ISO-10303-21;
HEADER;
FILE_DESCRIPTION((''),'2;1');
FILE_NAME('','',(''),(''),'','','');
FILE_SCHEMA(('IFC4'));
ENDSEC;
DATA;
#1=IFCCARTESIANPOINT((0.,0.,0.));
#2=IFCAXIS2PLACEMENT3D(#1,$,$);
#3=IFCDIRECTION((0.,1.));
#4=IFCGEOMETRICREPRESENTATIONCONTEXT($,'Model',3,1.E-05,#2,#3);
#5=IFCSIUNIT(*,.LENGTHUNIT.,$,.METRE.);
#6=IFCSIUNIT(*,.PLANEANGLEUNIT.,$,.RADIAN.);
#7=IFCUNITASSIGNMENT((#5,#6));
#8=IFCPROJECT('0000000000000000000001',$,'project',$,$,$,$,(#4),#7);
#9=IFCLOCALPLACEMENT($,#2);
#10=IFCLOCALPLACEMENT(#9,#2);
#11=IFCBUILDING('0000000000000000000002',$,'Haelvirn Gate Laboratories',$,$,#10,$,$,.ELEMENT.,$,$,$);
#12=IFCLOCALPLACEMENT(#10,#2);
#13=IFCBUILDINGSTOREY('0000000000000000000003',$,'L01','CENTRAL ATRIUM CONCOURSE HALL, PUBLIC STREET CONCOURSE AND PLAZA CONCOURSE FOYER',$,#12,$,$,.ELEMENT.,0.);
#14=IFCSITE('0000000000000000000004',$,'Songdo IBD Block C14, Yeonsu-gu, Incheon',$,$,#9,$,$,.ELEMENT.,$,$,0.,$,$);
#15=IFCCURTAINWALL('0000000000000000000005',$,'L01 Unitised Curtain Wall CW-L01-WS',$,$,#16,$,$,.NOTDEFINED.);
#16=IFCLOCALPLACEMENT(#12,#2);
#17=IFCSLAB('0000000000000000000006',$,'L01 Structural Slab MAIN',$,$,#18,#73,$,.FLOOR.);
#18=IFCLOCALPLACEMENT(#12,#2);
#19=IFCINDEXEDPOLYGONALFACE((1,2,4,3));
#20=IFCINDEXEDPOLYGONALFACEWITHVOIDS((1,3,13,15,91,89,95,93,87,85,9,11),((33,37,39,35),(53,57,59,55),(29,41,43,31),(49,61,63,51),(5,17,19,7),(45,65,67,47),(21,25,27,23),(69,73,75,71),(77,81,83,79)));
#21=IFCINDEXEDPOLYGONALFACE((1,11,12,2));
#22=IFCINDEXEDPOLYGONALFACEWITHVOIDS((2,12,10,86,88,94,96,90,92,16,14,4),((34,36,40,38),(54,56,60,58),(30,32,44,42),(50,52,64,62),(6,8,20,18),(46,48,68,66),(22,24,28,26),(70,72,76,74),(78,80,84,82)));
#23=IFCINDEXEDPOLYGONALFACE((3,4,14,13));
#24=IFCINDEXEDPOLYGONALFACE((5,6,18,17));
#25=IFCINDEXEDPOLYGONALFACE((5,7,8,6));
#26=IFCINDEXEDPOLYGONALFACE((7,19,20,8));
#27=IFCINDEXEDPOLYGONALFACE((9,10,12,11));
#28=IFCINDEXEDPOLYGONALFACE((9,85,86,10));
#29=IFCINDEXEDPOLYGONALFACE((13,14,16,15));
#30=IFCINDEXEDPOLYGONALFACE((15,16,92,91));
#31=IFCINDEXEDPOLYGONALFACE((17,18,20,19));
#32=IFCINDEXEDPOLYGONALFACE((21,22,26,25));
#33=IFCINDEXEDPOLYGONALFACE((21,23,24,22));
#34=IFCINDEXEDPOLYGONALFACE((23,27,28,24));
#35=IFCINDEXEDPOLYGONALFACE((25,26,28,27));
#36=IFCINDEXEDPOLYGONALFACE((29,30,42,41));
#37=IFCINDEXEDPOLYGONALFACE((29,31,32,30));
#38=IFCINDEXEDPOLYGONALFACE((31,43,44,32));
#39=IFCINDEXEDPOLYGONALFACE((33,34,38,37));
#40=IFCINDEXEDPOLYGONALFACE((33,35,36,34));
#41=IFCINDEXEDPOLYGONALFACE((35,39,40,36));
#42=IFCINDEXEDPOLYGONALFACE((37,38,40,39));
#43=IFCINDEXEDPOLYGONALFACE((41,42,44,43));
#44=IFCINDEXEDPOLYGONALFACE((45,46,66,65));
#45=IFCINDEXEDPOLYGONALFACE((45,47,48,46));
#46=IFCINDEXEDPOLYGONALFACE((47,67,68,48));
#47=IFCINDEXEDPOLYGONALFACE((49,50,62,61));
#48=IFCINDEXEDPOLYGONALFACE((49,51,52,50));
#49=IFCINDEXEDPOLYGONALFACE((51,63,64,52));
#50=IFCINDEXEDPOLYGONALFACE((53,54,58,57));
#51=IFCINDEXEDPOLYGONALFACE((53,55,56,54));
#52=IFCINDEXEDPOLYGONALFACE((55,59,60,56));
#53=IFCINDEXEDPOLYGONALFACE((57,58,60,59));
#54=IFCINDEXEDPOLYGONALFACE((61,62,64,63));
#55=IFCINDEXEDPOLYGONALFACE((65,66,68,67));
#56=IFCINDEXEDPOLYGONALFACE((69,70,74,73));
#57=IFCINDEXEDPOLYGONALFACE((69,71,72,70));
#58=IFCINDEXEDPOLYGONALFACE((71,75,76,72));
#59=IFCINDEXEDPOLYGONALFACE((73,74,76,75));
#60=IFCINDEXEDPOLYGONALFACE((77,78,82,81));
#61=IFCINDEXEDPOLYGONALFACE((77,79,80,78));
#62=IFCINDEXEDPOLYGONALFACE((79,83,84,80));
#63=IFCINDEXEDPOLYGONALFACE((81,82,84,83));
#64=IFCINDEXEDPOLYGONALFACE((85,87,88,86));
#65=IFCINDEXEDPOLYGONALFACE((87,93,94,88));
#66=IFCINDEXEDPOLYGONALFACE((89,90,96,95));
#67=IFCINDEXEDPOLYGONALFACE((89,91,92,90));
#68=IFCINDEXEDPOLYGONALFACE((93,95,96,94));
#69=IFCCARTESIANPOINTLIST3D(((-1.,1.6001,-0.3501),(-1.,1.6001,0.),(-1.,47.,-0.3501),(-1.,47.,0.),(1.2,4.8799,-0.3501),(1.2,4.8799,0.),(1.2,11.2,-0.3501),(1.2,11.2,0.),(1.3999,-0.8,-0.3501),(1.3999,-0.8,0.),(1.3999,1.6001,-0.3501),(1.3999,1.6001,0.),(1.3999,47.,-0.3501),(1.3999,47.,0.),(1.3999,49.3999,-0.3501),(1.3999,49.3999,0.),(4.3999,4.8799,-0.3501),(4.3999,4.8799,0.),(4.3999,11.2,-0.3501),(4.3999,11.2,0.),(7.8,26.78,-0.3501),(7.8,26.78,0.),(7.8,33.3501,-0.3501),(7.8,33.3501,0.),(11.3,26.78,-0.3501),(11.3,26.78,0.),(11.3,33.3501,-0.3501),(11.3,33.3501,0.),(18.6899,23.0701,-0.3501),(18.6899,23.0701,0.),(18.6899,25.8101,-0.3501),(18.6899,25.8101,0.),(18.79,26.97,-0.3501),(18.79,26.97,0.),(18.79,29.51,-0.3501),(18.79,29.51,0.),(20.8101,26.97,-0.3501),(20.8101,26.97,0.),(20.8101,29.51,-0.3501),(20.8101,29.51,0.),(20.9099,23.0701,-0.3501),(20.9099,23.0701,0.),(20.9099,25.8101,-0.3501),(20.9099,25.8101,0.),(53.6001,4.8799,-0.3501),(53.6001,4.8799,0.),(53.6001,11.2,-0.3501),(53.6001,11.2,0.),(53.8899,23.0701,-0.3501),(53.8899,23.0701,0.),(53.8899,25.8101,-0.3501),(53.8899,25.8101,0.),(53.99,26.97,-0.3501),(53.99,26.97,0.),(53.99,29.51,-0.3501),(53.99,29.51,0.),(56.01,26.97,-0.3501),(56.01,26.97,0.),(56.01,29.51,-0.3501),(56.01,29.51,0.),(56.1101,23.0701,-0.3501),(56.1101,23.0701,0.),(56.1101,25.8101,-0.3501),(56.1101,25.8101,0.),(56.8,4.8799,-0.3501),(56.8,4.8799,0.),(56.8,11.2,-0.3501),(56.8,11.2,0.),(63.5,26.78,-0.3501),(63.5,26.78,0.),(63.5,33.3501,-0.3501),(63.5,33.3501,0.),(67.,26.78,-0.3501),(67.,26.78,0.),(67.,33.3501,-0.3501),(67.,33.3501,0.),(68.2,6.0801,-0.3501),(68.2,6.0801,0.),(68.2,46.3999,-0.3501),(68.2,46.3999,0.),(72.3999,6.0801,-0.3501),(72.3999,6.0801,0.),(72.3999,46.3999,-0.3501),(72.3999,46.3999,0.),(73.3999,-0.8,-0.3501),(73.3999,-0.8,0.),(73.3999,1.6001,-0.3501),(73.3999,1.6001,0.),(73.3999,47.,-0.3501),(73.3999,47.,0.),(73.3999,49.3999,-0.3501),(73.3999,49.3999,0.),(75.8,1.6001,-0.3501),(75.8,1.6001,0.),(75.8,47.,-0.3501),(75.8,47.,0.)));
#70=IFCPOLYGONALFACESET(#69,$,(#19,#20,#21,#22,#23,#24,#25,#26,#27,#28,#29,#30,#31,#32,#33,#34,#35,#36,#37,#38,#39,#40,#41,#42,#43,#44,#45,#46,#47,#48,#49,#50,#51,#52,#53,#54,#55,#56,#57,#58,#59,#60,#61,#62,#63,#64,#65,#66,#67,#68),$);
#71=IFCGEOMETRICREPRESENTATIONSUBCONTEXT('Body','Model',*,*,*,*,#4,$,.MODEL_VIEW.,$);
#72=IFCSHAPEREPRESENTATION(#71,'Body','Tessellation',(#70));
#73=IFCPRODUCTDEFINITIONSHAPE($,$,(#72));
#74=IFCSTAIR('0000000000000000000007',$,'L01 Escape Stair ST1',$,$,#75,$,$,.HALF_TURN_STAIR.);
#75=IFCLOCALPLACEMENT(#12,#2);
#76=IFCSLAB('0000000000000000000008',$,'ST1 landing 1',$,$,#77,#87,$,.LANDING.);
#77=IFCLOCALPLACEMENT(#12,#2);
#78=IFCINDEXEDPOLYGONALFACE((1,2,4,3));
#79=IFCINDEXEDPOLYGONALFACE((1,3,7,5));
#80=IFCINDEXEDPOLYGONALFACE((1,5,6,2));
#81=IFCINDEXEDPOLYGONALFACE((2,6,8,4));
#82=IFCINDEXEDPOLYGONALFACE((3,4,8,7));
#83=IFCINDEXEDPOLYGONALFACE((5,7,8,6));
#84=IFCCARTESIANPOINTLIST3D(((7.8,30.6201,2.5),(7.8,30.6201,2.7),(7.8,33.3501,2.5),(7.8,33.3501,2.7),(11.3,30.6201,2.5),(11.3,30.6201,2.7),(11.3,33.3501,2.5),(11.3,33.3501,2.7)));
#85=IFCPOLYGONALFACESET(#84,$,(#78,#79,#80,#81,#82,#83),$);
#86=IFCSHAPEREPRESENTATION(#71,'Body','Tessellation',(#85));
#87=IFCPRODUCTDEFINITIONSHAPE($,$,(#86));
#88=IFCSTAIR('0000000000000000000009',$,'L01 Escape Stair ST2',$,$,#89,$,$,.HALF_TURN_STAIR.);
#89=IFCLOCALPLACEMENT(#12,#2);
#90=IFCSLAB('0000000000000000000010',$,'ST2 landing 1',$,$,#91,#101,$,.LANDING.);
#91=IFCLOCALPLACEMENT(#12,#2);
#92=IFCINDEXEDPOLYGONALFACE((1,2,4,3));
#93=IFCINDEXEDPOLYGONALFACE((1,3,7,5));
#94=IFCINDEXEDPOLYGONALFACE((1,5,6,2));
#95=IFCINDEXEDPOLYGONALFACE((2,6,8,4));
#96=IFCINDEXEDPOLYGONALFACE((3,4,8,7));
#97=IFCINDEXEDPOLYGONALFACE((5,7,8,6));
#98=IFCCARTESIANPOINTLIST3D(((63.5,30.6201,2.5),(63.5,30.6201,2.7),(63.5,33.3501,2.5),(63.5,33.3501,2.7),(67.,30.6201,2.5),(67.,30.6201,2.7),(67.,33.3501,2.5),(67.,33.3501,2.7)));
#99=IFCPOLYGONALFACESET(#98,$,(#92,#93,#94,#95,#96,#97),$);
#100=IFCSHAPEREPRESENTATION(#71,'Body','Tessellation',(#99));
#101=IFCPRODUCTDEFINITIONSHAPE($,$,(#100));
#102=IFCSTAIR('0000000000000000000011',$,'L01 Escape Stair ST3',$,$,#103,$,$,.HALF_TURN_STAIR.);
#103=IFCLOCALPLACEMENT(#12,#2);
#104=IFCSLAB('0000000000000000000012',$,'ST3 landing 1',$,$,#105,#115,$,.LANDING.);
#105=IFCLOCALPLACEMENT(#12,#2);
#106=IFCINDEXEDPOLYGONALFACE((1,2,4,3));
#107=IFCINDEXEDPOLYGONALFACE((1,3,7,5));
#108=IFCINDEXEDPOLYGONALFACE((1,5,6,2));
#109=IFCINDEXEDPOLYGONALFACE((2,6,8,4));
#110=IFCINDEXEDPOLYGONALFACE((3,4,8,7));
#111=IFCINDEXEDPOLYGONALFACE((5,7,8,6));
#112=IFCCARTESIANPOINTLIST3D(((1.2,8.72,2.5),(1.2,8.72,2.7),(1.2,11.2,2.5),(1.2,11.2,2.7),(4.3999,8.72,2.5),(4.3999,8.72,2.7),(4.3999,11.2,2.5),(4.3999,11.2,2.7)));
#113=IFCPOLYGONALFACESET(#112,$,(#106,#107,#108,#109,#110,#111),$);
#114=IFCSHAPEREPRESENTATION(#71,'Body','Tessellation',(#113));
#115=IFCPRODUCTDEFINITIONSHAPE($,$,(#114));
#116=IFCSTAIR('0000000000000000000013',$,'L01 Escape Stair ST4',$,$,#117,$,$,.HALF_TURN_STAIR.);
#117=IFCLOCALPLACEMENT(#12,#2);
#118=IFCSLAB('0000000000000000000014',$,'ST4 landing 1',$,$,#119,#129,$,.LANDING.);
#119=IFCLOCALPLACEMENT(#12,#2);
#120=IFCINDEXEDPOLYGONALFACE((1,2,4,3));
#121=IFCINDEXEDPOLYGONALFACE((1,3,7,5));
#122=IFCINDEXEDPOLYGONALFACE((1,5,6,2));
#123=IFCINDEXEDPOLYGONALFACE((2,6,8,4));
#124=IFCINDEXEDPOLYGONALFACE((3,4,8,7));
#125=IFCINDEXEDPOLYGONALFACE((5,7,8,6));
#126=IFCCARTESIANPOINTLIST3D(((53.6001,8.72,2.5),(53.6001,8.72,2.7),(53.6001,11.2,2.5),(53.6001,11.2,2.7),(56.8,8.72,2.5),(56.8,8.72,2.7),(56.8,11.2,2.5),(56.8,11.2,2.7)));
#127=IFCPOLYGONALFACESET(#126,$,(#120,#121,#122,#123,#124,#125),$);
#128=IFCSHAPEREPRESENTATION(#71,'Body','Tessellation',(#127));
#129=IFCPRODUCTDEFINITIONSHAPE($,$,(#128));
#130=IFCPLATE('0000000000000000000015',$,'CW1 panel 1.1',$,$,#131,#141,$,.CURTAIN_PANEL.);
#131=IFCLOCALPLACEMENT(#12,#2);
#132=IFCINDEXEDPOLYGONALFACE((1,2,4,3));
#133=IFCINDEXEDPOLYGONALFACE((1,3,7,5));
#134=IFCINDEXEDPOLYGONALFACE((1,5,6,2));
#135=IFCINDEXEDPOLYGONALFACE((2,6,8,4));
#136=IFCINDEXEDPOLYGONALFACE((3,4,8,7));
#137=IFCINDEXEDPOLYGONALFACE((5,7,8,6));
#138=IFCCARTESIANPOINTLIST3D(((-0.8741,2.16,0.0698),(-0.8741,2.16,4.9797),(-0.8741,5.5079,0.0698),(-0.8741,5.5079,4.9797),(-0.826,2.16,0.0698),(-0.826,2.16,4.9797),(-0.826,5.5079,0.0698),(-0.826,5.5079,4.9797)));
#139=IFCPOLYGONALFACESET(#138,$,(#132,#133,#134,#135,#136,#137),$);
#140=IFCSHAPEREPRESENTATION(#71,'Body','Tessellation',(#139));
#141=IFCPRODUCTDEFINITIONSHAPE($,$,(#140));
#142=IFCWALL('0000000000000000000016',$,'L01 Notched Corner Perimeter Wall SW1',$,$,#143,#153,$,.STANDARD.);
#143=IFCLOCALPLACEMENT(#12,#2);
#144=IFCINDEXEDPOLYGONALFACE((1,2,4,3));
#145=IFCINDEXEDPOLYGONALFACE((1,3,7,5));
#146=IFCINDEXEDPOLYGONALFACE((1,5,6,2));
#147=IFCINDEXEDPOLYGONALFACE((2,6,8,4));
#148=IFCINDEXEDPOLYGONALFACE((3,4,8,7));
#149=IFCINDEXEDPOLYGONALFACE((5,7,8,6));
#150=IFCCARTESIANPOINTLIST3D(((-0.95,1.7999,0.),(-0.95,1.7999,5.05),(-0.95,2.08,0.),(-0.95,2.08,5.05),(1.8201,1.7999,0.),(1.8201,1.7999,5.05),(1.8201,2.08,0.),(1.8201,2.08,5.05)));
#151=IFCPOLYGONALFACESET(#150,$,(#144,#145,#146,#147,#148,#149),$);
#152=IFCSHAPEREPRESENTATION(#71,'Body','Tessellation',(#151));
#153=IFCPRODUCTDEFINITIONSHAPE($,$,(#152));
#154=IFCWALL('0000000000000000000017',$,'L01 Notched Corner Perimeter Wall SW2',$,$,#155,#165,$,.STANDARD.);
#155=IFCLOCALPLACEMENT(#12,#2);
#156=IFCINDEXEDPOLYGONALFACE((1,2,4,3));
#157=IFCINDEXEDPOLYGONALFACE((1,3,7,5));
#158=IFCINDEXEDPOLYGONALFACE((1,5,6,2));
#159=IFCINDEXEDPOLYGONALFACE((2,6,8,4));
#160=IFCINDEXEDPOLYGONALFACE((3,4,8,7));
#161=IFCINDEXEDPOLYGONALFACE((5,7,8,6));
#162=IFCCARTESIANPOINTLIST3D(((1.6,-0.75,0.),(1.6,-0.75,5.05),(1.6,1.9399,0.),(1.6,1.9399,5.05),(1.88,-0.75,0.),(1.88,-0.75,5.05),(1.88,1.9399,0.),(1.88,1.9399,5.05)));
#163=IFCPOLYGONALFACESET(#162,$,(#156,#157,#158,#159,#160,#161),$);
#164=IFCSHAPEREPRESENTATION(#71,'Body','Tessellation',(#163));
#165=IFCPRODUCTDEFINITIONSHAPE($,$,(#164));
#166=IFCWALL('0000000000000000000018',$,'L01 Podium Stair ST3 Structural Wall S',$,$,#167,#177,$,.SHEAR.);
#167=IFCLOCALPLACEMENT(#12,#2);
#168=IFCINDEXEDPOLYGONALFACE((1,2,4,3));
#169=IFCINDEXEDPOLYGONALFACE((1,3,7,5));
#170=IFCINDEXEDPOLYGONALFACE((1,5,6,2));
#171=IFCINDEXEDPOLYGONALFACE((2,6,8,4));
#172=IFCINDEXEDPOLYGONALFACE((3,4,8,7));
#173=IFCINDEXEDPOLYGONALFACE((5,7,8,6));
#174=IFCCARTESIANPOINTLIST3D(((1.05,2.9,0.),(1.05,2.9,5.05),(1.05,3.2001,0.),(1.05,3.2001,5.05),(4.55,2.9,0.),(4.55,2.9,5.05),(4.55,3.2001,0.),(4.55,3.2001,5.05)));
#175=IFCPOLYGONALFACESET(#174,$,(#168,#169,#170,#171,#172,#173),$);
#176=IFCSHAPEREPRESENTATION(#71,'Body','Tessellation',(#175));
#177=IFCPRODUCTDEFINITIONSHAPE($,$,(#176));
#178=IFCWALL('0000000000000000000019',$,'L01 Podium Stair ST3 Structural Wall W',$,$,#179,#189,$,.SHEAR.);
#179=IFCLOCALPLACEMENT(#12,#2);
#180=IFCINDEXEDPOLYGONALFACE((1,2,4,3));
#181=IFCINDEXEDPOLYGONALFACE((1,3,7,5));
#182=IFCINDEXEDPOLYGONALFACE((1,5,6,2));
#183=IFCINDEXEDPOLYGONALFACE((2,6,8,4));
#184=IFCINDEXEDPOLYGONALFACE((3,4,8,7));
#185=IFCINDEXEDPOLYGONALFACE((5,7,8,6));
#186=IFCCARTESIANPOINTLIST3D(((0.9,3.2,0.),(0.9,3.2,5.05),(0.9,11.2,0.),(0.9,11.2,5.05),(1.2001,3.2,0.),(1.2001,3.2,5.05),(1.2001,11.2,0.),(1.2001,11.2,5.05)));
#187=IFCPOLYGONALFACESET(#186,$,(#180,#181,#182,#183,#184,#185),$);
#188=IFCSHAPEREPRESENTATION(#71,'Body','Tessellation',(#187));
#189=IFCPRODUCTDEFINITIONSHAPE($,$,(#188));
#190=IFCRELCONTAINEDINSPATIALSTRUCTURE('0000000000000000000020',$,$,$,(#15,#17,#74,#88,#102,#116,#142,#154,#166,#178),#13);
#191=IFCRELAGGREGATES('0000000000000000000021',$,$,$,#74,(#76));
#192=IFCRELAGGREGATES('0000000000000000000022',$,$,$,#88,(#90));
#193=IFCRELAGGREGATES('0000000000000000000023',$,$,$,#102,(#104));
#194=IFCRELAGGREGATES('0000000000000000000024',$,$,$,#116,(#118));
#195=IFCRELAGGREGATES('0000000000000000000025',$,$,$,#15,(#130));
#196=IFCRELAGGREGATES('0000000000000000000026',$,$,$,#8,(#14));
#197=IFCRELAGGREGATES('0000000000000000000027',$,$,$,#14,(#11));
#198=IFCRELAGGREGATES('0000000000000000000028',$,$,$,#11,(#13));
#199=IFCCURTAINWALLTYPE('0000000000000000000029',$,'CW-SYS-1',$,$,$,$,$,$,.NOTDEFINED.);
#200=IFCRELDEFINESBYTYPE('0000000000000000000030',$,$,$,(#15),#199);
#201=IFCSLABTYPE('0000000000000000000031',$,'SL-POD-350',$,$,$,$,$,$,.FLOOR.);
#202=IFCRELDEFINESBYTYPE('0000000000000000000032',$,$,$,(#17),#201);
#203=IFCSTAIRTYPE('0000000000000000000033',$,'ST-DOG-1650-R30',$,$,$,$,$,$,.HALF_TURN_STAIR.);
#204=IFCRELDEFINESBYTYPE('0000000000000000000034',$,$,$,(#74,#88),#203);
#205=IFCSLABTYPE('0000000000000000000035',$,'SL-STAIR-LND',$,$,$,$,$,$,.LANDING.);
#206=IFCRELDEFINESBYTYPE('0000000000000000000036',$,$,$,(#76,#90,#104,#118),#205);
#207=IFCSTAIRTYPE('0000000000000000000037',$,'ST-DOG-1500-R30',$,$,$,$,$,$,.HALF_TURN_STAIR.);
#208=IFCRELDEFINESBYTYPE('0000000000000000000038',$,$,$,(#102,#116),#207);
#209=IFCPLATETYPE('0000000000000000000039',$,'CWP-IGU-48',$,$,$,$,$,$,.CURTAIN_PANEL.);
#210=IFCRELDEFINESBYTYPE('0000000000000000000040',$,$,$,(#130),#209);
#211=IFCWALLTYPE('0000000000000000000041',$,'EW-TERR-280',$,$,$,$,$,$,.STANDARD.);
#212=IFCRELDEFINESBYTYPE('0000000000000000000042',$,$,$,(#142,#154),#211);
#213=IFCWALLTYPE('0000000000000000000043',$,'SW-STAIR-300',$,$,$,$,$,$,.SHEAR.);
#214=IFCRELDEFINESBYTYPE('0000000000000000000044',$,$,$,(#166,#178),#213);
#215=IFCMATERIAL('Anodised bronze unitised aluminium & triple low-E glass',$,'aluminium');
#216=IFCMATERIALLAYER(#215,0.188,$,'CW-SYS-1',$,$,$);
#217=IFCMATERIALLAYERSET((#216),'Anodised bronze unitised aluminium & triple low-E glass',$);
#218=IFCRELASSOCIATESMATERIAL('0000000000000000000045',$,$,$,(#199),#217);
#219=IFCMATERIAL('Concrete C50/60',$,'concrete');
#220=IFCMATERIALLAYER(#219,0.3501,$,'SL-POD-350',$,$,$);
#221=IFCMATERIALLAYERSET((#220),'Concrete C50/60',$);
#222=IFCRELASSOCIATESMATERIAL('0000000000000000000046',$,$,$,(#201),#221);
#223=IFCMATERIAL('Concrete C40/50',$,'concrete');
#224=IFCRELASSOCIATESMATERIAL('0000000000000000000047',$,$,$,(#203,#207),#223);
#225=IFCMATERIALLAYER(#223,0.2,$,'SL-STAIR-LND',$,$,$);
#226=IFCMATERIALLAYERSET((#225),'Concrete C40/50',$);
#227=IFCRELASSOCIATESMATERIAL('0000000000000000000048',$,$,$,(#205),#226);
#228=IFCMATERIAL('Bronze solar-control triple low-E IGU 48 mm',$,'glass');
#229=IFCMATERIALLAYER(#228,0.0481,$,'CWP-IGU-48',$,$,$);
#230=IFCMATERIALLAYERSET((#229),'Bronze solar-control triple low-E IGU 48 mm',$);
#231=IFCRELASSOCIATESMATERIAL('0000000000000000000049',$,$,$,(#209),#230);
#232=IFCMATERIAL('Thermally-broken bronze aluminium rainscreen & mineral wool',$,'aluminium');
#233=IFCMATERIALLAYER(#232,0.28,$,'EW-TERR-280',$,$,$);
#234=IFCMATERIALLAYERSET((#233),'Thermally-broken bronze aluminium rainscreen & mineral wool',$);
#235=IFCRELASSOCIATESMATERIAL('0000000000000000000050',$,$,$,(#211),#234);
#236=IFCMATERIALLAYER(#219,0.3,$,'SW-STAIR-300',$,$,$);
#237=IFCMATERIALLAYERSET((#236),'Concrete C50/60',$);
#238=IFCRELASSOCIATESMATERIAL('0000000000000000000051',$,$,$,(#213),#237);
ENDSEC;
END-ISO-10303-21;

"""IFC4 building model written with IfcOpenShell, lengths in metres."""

from ifc_helpers import new_model, si_unit, direction, frame, frame_2d, origin, origin_2d, place, context, subcontext, project, spatial, polyline, rectangle, outline, extrude, source, transform, mapped, material, layer, layer_set, type_object, type_shapes, element, aggregate, save


model = new_model("IFC4")

# Units and contexts
model_context = context("Model", 3, precision=1e-05, world=origin(), true_north=direction((0.0, 1.0)))
body_context = subcontext(model_context, "Body", "Model", "MODEL_VIEW")
ifc_project = project(units=[si_unit("LENGTHUNIT", "METRE"), si_unit("PLANEANGLEUNIT", "RADIAN")], contexts=[model_context])

# Site, building, storey
site_placement = place(None, origin())
site = spatial("IfcSite", under=ifc_project, at=site_placement, Name="Songdo IBD Block C14, Yeonsu-gu, Incheon", CompositionType="ELEMENT", RefElevation=0.0)
building_placement = place(site_placement, origin())
building = spatial("IfcBuilding", under=site, at=building_placement, Name="Haelvirn Gate Laboratories", CompositionType="ELEMENT")
storey_placement = place(building_placement, origin())
storey = spatial("IfcBuildingStorey", under=building, at=storey_placement, Name="L01", Description="CENTRAL ATRIUM CONCOURSE HALL, PUBLIC STREET CONCOURSE AND PLAZA CONCOURSE FOYER", CompositionType="ELEMENT", Elevation=0.0)

# Curtain wall
ifc_material_1 = material(Name="Anodised bronze unitised aluminium & triple low-E glass", Category="aluminium")
ifc_layer_1 = layer(ifc_material_1, 0.188, Name="CW-SYS-1")
ifc_layer_set_1 = layer_set([ifc_layer_1], Name="Anodised bronze unitised aluminium & triple low-E glass")
curtain_wall_type = type_object("IfcCurtainWallType", Name="CW-SYS-1", PredefinedType="NOTDEFINED", material=ifc_layer_set_1)
curtain_wall_placement = place(storey_placement, origin())
curtain_wall = element("IfcCurtainWall", 1, at=curtain_wall_placement, inside=storey, type_object=curtain_wall_type, Name="L01 Unitised Curtain Wall CW-L01-WS", PredefinedType="NOTDEFINED")

# Slab
ifc_material_2 = material(Name="Concrete C50/60", Category="concrete")
ifc_layer_2 = layer(ifc_material_2, 0.3501, Name="SL-POD-350")
ifc_layer_set_2 = layer_set([ifc_layer_2], Name="Concrete C50/60")
slab_type_1 = type_object("IfcSlabType", Name="SL-POD-350", PredefinedType="FLOOR", material=ifc_layer_set_2)
slab_1_placement = place(storey_placement, frame((0.0, 0.0, -0.3501)))
element("IfcSlab", 2, at=slab_1_placement, inside=storey, type_object=slab_type_1, Name="L01 Structural Slab MAIN", PredefinedType="FLOOR", context=body_context, shape_type="SweptSolid", body=[
    extrude(outline(polyline([(1.3999, -0.8), (73.3999, -0.8), (73.3999, 1.6001), (75.8, 1.6001), (75.8, 47.0), (73.3999, 47.0), (73.3999, 49.3999), (1.3999, 49.3999), (1.3999, 47.0), (-1.0, 47.0), (-1.0, 1.6001), (1.3999, 1.6001), (1.3999, -0.8)]), holes=[polyline([(11.3, 26.78), (11.3, 33.3501), (7.8, 33.3501), (7.8, 26.78), (11.3, 26.78)]), polyline([(67.0, 26.78), (67.0, 33.3501), (63.5, 33.3501), (63.5, 26.78), (67.0, 26.78)]), polyline([(4.3999, 4.8799), (4.3999, 11.2), (1.2, 11.2), (1.2, 4.8799), (4.3999, 4.8799)]), polyline([(56.8, 4.8799), (56.8, 11.2), (53.6001, 11.2), (53.6001, 4.8799), (56.8, 4.8799)]), polyline([(18.79, 26.97), (20.8101, 26.97), (20.8101, 29.51), (18.79, 29.51), (18.79, 26.97)]), polyline([(18.6899, 23.0701), (20.9099, 23.0701), (20.9099, 25.8101), (18.6899, 25.8101), (18.6899, 23.0701)]), polyline([(53.99, 26.97), (56.01, 26.97), (56.01, 29.51), (53.99, 29.51), (53.99, 26.97)]), polyline([(53.8899, 23.0701), (56.1101, 23.0701), (56.1101, 25.8101), (53.8899, 25.8101), (53.8899, 23.0701)]), polyline([(68.2, 6.0801), (72.3999, 6.0801), (72.3999, 46.3999), (68.2, 46.3999), (68.2, 6.0801)])]), origin(), (0.0, 0.0, 1.0), 0.3501),
])

# Stairs, slabs
ifc_material_3 = material(Name="Concrete C40/50", Category="concrete")
stair_type_1 = type_object("IfcStairType", Name="ST-DOG-1650-R30", PredefinedType="HALF_TURN_STAIR", material=ifc_material_3)
stair_1_placement = place(storey_placement, origin())
stair_1 = element("IfcStair", 3, at=stair_1_placement, inside=storey, type_object=stair_type_1, Name="L01 Escape Stair ST1", PredefinedType="HALF_TURN_STAIR")
ifc_layer_3 = layer(ifc_material_3, 0.2, Name="SL-STAIR-LND")
ifc_layer_set_3 = layer_set([ifc_layer_3], Name="Concrete C40/50")
slab_type_2 = type_object("IfcSlabType", Name="SL-STAIR-LND", PredefinedType="LANDING", material=ifc_layer_set_3)
slab_2_placement = place(storey_placement, frame((0.0, 0.0, 2.5)))
slab_2 = element("IfcSlab", 4, at=slab_2_placement, type_object=slab_type_2, Name="ST1 landing 1", PredefinedType="LANDING", context=body_context, shape_type="SweptSolid", body=[
    extrude(outline(polyline([(11.3, 30.6201), (11.3, 33.3501), (7.8, 33.3501), (7.8, 30.6201), (11.3, 30.6201)])), origin(), (0.0, 0.0, 1.0), 0.2),
])
aggregate(stair_1, [slab_2])
stair_2_placement = place(storey_placement, origin())
stair_2 = element("IfcStair", 5, at=stair_2_placement, inside=storey, type_object=stair_type_1, Name="L01 Escape Stair ST2", PredefinedType="HALF_TURN_STAIR")
slab_3_placement = place(storey_placement, frame((0.0, 0.0, 2.5)))
slab_3 = element("IfcSlab", 6, at=slab_3_placement, type_object=slab_type_2, Name="ST2 landing 1", PredefinedType="LANDING", context=body_context, shape_type="SweptSolid", body=[
    extrude(outline(polyline([(67.0, 30.6201), (67.0, 33.3501), (63.5, 33.3501), (63.5, 30.6201), (67.0, 30.6201)])), origin(), (0.0, 0.0, 1.0), 0.2),
])
aggregate(stair_2, [slab_3])
stair_type_2 = type_object("IfcStairType", Name="ST-DOG-1500-R30", PredefinedType="HALF_TURN_STAIR", material=ifc_material_3)
stair_3_placement = place(storey_placement, origin())
stair_3 = element("IfcStair", 7, at=stair_3_placement, inside=storey, type_object=stair_type_2, Name="L01 Escape Stair ST3", PredefinedType="HALF_TURN_STAIR")
slab_4_placement = place(storey_placement, frame((0.0, 0.0, 2.5)))
slab_4 = element("IfcSlab", 8, at=slab_4_placement, type_object=slab_type_2, Name="ST3 landing 1", PredefinedType="LANDING", context=body_context, shape_type="SweptSolid", body=[
    extrude(outline(polyline([(4.3999, 8.72), (4.3999, 11.2), (1.2, 11.2), (1.2, 8.72), (4.3999, 8.72)])), origin(), (0.0, 0.0, 1.0), 0.2),
])
aggregate(stair_3, [slab_4])
stair_4_placement = place(storey_placement, origin())
stair_4 = element("IfcStair", 9, at=stair_4_placement, inside=storey, type_object=stair_type_2, Name="L01 Escape Stair ST4", PredefinedType="HALF_TURN_STAIR")
slab_5_placement = place(storey_placement, frame((0.0, 0.0, 2.5)))
slab_5 = element("IfcSlab", 10, at=slab_5_placement, type_object=slab_type_2, Name="ST4 landing 1", PredefinedType="LANDING", context=body_context, shape_type="SweptSolid", body=[
    extrude(outline(polyline([(56.8, 8.72), (56.8, 11.2), (53.6001, 11.2), (53.6001, 8.72), (56.8, 8.72)])), origin(), (0.0, 0.0, 1.0), 0.2),
])
aggregate(stair_4, [slab_5])

# Plate
ifc_material_4 = material(Name="Bronze solar-control triple low-E IGU 48 mm", Category="glass")
ifc_layer_4 = layer(ifc_material_4, 0.0481, Name="CWP-IGU-48")
ifc_layer_set_4 = layer_set([ifc_layer_4], Name="Bronze solar-control triple low-E IGU 48 mm")
plate_type = type_object("IfcPlateType", Name="CWP-IGU-48", PredefinedType="CURTAIN_PANEL", material=ifc_layer_set_4)
shared_shape_1 = source(origin(), body_context, "Body", "SweptSolid", [
    extrude(rectangle(XDim=3.3479, YDim=0.0481, at=origin_2d()), origin(), (0.0, 0.0, 1.0), 4.9099),
])
type_shapes(plate_type, [shared_shape_1])
plate_placement = place(storey_placement, frame((-0.8501, 3.834, 0.0698), z_axis=(0.0, 0.0, 1.0), x_axis=(0.0, 1.0, 0.0)))
plate = element("IfcPlate", 11, at=plate_placement, type_object=plate_type, Name="CW1 panel 1.1", PredefinedType="CURTAIN_PANEL", context=body_context, shape_type="MappedRepresentation", body=[
    mapped(shared_shape_1, transform((0.0, 0.0, 0.0), scale=1.0)),
])
aggregate(curtain_wall, [plate])

# Walls
ifc_material_5 = material(Name="Thermally-broken bronze aluminium rainscreen & mineral wool", Category="aluminium")
ifc_layer_5 = layer(ifc_material_5, 0.28, Name="EW-TERR-280")
ifc_layer_set_5 = layer_set([ifc_layer_5], Name="Thermally-broken bronze aluminium rainscreen & mineral wool")
wall_type_1 = type_object("IfcWallType", Name="EW-TERR-280", PredefinedType="STANDARD", material=ifc_layer_set_5)
wall_1_placement = place(storey_placement, frame((-0.95, 1.9399, 0.0), z_axis=(0.0, 0.0, 1.0), x_axis=(1.0, 0.0, 0.0)))
element("IfcWall", 12, at=wall_1_placement, inside=storey, type_object=wall_type_1, Name="L01 Notched Corner Perimeter Wall SW1", PredefinedType="STANDARD", context=body_context, shape_type="SweptSolid", body=[
    extrude(rectangle(XDim=2.77, YDim=0.28, at=frame_2d((1.385, 0.0))), origin(), (0.0, 0.0, 1.0), 5.05),
])
wall_2_placement = place(storey_placement, frame((1.74, 1.9399, 0.0), z_axis=(0.0, 0.0, 1.0), x_axis=(0.0, -1.0, 0.0)))
element("IfcWall", 13, at=wall_2_placement, inside=storey, type_object=wall_type_1, Name="L01 Notched Corner Perimeter Wall SW2", PredefinedType="STANDARD", context=body_context, shape_type="SweptSolid", body=[
    extrude(rectangle(XDim=2.6899, YDim=0.28, at=frame_2d((1.345, 0.0))), origin(), (0.0, 0.0, 1.0), 5.05),
])
ifc_layer_6 = layer(ifc_material_2, 0.3, Name="SW-STAIR-300")
ifc_layer_set_6 = layer_set([ifc_layer_6], Name="Concrete C50/60")
wall_type_2 = type_object("IfcWallType", Name="SW-STAIR-300", PredefinedType="SHEAR", material=ifc_layer_set_6)
wall_3_placement = place(storey_placement, frame((1.05, 3.05, 0.0), z_axis=(0.0, 0.0, 1.0), x_axis=(1.0, 0.0, 0.0)))
element("IfcWall", 14, at=wall_3_placement, inside=storey, type_object=wall_type_2, Name="L01 Podium Stair ST3 Structural Wall S", PredefinedType="SHEAR", context=body_context, shape_type="SweptSolid", body=[
    extrude(rectangle(XDim=3.5, YDim=0.3, at=frame_2d((1.75, 0.0))), origin(), (0.0, 0.0, 1.0), 5.05),
])
wall_4_placement = place(storey_placement, frame((1.05, 3.2, 0.0), z_axis=(0.0, 0.0, 1.0), x_axis=(0.0, 1.0, 0.0)))
element("IfcWall", 15, at=wall_4_placement, inside=storey, type_object=wall_type_2, Name="L01 Podium Stair ST3 Structural Wall W", PredefinedType="SHEAR", context=body_context, shape_type="SweptSolid", body=[
    extrude(rectangle(XDim=8.0, YDim=0.3, at=frame_2d((4.0, 0.0))), origin(), (0.0, 0.0, 1.0), 5.05),
])

save(model, "model.ifc")
